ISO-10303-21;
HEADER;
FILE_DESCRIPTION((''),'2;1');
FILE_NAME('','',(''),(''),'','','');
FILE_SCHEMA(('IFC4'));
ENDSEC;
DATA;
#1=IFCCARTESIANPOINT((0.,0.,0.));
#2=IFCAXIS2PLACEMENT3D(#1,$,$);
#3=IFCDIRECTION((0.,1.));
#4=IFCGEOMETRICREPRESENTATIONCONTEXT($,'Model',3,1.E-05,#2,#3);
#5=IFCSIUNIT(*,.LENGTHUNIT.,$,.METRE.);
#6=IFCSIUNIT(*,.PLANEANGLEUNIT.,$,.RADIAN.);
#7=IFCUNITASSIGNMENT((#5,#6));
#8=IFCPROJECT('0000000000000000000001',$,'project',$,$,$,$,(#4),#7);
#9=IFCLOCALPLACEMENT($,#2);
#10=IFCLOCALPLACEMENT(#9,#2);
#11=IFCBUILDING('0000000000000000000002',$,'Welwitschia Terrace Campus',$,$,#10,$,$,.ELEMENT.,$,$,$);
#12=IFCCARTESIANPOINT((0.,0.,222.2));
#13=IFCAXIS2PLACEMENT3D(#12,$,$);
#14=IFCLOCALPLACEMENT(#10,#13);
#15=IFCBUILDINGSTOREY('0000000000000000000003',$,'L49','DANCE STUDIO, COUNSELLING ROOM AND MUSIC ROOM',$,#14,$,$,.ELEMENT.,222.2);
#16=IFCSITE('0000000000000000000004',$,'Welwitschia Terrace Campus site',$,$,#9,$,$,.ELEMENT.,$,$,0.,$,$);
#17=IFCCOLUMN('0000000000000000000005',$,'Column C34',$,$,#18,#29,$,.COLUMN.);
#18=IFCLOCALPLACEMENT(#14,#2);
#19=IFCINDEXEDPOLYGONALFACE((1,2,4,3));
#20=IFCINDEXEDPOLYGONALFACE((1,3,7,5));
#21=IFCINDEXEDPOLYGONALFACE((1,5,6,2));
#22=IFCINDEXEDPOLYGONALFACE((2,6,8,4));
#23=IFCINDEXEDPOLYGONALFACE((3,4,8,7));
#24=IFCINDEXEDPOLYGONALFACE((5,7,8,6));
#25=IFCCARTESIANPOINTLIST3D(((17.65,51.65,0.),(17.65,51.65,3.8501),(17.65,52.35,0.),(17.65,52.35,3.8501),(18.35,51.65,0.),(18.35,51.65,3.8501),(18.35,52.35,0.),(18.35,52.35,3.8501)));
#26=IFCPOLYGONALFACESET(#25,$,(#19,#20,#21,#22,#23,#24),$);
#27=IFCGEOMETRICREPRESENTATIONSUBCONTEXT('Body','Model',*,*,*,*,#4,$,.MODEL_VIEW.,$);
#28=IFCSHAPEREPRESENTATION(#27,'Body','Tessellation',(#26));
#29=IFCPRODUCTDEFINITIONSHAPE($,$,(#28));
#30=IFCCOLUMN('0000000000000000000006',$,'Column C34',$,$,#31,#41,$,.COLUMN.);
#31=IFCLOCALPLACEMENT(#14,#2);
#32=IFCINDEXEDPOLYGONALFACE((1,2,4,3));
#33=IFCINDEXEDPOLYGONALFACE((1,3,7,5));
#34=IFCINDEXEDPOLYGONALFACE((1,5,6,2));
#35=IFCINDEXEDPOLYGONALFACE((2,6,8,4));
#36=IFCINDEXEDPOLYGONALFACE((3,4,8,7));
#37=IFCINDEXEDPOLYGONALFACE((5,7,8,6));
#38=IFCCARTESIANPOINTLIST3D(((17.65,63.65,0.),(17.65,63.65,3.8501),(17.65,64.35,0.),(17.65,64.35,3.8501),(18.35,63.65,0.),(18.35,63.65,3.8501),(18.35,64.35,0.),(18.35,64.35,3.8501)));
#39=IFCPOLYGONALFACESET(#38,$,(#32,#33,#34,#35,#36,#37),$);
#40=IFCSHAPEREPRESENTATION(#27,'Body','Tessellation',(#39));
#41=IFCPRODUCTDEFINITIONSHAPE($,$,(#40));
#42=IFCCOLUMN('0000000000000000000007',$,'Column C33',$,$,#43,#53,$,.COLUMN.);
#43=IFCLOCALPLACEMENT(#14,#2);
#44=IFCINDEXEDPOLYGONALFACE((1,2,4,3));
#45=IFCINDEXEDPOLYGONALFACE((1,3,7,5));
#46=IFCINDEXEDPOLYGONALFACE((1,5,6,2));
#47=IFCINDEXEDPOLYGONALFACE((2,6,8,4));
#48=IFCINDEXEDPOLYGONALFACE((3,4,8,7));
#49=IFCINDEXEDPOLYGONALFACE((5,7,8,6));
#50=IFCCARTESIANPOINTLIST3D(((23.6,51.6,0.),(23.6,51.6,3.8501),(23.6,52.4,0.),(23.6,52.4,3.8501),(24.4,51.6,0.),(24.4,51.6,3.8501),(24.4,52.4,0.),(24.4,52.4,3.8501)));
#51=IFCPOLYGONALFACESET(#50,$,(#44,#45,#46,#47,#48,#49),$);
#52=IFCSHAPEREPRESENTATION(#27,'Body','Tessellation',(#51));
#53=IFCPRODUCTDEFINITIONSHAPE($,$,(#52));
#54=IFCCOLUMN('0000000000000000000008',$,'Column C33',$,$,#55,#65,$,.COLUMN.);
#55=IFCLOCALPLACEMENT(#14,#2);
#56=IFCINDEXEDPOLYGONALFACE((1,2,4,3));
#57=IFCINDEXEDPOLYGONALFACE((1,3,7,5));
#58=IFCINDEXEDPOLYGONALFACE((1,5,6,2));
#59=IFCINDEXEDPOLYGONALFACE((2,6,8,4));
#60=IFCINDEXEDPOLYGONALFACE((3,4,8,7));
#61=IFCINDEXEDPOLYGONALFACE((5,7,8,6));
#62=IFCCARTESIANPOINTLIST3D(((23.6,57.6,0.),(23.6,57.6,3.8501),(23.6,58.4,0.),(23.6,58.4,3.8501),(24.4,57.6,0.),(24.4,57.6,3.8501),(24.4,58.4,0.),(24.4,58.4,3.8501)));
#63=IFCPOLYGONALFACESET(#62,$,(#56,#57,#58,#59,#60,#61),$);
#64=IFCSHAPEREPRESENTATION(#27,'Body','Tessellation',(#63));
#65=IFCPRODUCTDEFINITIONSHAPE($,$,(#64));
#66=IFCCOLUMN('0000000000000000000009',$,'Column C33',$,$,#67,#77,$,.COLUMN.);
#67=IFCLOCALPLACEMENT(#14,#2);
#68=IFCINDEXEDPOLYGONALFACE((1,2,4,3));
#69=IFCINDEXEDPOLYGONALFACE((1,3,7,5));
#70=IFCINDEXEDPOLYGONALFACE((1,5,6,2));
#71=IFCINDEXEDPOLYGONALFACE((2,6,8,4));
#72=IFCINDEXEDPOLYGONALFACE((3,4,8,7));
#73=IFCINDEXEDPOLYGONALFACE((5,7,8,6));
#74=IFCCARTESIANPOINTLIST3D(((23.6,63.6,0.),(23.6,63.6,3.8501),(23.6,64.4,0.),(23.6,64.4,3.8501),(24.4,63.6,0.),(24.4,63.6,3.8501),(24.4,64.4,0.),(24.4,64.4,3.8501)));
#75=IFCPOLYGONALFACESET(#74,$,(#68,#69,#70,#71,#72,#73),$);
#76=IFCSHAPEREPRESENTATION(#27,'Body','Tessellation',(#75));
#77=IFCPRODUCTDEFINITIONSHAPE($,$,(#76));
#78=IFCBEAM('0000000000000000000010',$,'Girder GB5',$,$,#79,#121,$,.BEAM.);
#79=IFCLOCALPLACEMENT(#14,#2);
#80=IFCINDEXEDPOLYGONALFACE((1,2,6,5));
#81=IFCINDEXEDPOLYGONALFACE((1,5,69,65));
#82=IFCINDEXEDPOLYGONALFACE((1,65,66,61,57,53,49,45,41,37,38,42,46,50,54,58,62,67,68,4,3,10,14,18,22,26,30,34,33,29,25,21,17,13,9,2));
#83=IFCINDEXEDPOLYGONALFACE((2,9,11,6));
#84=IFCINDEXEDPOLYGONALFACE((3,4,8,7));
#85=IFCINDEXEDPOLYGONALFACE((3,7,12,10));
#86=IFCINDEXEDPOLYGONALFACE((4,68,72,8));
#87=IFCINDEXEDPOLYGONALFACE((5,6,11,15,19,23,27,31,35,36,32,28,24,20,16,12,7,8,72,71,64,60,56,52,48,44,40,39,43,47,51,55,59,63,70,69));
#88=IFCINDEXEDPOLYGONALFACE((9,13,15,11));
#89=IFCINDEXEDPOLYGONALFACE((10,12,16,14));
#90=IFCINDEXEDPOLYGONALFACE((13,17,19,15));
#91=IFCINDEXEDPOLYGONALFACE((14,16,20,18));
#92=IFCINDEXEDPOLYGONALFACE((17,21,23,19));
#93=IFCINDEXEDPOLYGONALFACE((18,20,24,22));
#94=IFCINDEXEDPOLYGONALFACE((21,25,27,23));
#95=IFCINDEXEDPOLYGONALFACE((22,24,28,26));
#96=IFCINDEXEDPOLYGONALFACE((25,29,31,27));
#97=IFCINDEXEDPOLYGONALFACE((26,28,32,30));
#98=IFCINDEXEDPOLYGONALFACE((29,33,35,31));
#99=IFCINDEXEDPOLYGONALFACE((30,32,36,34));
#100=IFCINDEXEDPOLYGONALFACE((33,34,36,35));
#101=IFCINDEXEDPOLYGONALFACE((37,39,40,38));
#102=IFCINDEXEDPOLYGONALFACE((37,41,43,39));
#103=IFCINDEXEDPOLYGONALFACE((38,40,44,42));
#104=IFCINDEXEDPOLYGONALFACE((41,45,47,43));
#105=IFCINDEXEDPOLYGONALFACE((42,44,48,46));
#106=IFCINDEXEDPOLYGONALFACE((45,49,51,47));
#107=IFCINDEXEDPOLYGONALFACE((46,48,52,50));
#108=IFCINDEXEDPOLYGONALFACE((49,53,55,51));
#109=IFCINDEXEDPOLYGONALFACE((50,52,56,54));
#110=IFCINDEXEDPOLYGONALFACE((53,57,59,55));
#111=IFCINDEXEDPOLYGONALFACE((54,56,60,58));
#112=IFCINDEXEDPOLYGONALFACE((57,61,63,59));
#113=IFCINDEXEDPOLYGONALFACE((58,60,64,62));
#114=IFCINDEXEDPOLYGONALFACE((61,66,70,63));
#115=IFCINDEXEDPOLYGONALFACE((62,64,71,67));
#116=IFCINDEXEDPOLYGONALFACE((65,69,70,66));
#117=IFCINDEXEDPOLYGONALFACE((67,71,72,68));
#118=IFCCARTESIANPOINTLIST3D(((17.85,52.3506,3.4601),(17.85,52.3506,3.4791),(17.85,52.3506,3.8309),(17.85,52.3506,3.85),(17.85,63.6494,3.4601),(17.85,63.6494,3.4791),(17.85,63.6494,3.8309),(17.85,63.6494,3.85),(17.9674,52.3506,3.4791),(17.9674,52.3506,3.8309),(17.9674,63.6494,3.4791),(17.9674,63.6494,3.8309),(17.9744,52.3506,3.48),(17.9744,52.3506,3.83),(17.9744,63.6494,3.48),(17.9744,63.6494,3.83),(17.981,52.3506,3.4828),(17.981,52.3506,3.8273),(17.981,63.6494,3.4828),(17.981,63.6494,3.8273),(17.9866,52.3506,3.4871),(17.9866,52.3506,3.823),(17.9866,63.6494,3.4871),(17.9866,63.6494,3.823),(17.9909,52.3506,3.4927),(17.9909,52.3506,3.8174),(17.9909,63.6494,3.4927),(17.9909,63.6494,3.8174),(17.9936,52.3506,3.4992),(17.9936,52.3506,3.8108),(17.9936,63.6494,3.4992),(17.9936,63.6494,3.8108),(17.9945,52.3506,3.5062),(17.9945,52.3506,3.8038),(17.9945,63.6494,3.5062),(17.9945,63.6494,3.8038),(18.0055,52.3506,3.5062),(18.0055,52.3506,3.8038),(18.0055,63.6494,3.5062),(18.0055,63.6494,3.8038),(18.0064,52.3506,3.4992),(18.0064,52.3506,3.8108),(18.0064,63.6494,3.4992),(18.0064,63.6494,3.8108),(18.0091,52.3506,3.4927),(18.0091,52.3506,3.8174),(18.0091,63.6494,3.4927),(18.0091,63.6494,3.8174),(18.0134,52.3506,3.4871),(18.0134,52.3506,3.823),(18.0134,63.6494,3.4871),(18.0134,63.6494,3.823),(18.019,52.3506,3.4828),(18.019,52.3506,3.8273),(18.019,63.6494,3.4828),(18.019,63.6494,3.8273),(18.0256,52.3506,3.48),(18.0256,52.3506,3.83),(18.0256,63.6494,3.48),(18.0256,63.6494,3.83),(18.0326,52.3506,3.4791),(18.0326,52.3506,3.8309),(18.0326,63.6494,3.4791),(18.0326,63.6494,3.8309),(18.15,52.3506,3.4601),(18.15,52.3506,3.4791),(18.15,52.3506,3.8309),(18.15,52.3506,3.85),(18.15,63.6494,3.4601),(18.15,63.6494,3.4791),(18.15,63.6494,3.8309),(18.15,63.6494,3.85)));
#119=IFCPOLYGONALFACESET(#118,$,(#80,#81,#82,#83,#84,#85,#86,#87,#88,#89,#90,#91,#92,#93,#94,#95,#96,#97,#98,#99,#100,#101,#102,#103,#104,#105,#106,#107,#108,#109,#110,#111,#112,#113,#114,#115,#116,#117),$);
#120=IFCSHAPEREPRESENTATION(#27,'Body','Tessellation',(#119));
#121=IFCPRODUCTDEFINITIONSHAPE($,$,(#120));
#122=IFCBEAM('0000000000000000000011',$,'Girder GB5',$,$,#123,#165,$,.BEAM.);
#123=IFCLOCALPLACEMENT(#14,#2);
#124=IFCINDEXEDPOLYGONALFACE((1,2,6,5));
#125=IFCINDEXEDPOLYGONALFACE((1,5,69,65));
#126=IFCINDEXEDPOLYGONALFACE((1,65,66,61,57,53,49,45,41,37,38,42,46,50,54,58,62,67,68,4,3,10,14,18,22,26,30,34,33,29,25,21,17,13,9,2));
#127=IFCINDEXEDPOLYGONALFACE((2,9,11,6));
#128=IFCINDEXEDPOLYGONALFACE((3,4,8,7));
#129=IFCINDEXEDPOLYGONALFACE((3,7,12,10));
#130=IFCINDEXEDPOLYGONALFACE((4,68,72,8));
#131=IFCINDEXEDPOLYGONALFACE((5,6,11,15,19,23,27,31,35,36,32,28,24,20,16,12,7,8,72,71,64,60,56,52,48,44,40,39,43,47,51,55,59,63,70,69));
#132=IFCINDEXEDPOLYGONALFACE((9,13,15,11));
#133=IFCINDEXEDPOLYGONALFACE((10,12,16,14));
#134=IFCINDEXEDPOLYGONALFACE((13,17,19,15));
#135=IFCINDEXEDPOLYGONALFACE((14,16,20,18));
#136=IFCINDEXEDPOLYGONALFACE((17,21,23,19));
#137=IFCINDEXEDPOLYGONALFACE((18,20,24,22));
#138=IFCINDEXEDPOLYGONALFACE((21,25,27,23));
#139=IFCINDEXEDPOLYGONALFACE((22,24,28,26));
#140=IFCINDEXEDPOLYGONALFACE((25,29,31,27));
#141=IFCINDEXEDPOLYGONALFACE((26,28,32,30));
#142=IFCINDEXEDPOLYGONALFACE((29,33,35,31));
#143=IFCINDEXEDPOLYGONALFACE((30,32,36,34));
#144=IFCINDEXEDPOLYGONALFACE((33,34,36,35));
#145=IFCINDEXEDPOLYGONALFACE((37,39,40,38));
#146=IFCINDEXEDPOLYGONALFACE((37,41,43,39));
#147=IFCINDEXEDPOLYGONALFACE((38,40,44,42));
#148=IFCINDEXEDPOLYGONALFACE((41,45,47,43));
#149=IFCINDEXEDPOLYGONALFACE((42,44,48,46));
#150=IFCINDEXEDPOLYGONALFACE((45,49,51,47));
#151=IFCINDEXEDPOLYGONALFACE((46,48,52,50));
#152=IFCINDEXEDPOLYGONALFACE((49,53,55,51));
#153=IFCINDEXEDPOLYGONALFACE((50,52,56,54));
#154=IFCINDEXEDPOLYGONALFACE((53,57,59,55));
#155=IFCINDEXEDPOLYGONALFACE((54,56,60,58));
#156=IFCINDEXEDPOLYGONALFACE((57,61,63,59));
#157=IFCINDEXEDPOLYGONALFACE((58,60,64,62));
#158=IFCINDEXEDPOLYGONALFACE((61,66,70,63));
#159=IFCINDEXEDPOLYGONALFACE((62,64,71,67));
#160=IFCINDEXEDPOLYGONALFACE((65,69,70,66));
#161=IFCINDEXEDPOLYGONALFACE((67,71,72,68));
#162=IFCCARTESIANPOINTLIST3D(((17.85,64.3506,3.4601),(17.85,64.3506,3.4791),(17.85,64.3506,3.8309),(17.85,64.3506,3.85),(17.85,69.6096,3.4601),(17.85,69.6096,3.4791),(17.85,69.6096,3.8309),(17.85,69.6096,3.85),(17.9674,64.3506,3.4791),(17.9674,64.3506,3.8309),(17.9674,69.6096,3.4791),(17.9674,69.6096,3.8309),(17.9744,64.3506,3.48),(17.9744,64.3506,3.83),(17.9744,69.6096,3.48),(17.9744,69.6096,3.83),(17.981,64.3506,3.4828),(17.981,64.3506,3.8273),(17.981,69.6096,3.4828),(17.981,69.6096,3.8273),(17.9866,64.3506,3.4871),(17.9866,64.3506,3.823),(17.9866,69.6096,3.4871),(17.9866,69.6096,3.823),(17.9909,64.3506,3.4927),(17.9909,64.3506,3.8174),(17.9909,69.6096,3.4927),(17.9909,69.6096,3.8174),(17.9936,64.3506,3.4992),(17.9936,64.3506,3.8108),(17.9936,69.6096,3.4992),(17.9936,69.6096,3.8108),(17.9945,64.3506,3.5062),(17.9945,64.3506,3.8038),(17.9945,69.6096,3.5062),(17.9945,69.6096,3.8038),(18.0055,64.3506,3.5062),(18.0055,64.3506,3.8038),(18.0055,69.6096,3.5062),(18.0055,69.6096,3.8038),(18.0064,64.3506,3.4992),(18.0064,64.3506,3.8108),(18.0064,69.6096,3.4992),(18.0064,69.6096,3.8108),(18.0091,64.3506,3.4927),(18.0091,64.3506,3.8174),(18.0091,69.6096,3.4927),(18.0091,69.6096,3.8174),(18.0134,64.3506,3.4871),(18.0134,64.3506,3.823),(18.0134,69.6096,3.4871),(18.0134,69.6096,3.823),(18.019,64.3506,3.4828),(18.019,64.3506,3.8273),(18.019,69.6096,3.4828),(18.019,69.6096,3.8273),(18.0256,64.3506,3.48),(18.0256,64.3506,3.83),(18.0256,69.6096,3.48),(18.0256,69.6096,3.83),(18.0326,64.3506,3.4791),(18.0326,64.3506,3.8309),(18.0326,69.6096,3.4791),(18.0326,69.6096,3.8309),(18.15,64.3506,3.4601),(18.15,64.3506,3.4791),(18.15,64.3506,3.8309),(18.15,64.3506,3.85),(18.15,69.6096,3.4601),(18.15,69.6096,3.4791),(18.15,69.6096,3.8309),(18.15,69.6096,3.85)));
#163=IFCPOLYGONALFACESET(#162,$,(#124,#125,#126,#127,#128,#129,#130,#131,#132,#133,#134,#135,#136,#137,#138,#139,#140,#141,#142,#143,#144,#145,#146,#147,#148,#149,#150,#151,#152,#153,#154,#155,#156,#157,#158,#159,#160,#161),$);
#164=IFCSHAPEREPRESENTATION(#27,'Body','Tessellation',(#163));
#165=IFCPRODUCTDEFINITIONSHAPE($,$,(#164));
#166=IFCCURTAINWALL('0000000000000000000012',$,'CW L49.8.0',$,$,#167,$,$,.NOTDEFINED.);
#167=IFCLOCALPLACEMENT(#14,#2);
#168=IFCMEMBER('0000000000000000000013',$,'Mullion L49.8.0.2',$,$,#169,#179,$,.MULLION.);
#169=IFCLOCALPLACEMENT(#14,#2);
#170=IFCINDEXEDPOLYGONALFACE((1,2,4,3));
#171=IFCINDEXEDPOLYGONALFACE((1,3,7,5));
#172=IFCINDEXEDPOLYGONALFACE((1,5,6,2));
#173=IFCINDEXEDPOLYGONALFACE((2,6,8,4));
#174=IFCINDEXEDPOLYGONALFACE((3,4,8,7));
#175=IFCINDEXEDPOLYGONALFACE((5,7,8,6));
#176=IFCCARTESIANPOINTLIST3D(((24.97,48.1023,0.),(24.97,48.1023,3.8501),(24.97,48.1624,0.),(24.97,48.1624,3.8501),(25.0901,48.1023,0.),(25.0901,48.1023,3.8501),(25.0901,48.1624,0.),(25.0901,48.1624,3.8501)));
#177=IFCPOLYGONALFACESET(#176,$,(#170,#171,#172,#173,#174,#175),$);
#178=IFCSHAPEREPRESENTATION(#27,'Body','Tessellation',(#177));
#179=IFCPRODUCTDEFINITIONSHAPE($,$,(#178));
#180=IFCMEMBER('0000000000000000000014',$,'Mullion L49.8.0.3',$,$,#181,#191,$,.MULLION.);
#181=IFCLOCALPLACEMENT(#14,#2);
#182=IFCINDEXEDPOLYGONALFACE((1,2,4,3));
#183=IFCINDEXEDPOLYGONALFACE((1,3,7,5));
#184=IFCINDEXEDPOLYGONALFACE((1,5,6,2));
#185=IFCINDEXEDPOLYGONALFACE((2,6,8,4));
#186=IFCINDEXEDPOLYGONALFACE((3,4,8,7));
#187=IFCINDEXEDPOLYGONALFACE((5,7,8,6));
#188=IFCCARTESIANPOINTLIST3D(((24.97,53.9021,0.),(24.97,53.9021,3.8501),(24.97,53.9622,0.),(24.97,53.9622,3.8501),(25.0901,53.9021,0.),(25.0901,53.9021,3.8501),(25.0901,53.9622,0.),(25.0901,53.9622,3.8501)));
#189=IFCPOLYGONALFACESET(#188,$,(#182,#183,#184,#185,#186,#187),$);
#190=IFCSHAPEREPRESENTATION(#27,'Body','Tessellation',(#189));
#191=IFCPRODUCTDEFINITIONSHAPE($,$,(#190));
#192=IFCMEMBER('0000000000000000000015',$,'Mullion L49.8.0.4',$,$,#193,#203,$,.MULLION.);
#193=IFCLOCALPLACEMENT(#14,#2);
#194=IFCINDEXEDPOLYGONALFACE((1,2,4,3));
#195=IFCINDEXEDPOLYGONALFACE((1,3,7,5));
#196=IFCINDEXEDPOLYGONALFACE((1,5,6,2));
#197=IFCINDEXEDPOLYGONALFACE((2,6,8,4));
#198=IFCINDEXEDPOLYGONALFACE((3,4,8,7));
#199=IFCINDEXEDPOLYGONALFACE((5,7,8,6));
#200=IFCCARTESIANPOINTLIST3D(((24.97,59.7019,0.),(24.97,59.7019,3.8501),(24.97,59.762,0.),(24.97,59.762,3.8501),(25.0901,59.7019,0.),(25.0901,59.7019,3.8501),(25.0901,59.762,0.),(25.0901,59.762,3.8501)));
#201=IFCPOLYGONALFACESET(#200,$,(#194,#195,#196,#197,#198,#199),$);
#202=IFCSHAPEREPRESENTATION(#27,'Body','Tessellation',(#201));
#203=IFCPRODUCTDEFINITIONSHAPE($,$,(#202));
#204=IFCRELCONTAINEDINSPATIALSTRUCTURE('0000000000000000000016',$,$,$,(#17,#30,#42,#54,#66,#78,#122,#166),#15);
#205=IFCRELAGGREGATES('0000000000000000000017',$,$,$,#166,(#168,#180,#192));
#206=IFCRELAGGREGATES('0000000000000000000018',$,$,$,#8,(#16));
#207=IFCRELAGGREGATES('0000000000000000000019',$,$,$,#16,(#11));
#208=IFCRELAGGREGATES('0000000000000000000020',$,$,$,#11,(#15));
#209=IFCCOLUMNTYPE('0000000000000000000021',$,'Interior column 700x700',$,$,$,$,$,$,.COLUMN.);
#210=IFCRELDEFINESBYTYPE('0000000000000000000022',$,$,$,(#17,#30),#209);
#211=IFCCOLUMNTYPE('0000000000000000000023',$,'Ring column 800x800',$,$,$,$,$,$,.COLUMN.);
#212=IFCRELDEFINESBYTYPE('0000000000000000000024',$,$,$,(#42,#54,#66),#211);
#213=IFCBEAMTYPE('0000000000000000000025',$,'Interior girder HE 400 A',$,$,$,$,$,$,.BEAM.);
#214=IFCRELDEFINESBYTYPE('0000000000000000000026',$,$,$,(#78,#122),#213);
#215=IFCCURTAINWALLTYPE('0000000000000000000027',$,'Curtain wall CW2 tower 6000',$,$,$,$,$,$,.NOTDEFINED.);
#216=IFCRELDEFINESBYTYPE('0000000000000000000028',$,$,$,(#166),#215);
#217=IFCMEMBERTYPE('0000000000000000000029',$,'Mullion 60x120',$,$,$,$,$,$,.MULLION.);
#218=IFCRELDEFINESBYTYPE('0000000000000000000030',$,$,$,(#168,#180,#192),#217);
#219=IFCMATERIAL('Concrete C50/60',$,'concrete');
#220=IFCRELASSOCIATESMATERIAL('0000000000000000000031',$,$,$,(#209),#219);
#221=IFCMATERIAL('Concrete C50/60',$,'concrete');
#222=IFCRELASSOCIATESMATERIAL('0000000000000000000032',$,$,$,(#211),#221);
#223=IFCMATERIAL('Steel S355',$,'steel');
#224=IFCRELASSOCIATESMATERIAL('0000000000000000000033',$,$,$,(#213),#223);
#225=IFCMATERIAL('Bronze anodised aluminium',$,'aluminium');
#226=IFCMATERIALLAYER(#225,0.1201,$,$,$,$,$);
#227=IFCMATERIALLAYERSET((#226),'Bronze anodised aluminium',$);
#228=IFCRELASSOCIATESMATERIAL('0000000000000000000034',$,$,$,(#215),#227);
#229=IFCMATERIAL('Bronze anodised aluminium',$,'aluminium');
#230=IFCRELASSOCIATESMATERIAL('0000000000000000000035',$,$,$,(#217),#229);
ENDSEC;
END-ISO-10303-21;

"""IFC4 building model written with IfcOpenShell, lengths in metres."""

from ifc_helpers import new_model, si_unit, direction, frame, origin, origin_2d, place, context, subcontext, project, spatial, rectangle, i_section, extrude, material, layer, layer_set, material_profile, profile_set, type_object, element, aggregate, save


model = new_model("IFC4")

# Units and contexts
model_context = context("Model", 3, precision=1e-05, world=origin(), true_north=direction((0.0, 1.0)))
body_context = subcontext(model_context, "Body", "Model", "MODEL_VIEW")
ifc_project = project(units=[si_unit("LENGTHUNIT", "METRE"), si_unit("PLANEANGLEUNIT", "RADIAN")], contexts=[model_context])

# Site, building, storey
site_placement = place(None, origin())
site = spatial("IfcSite", under=ifc_project, at=site_placement, Name="Welwitschia Terrace Campus site", CompositionType="ELEMENT", RefElevation=0.0)
building_placement = place(site_placement, origin())
building = spatial("IfcBuilding", under=site, at=building_placement, Name="Welwitschia Terrace Campus", CompositionType="ELEMENT")
storey_placement = place(building_placement, frame((0.0, 0.0, 222.2)))
storey = spatial("IfcBuildingStorey", under=building, at=storey_placement, Name="L49", Description="DANCE STUDIO, COUNSELLING ROOM AND MUSIC ROOM", CompositionType="ELEMENT", Elevation=222.2)

# Columns
ifc_material_1 = material(Name="Concrete C50/60", Category="concrete")
ifc_material_profile_1 = material_profile(ifc_material_1, rectangle(XDim=0.7, YDim=0.7, at=origin_2d()))
ifc_profile_set_1 = profile_set([ifc_material_profile_1], Name="Concrete C50/60")
column_type_1 = type_object("IfcColumnType", Name="Interior column 700x700", PredefinedType="COLUMN", material=ifc_profile_set_1)
for number, where, z_axis, x_axis, name in (
    (1, (18.0, 52.0, 0.0), (0.0, 0.0, 1.0), (1.0, 0.0, 0.0), "Column C34"),
    (2, (18.0, 64.0, 0.0), (0.0, 0.0, 1.0), (1.0, 0.0, 0.0), "Column C34"),
):
    element("IfcColumn", number, at=place(storey_placement, frame(where, z_axis=z_axis, x_axis=x_axis)), inside=storey, type_object=column_type_1, Name=name, PredefinedType="COLUMN", context=body_context, shape_type="SweptSolid", body=[
        extrude(rectangle(XDim=0.7, YDim=0.7, at=origin_2d()), origin(), (0.0, 0.0, 1.0), 3.8501),
    ])
ifc_material_2 = material(Name="Concrete C50/60", Category="concrete")
ifc_material_profile_2 = material_profile(ifc_material_2, rectangle(XDim=0.8, YDim=0.8, at=origin_2d()))
ifc_profile_set_2 = profile_set([ifc_material_profile_2], Name="Concrete C50/60")
column_type_2 = type_object("IfcColumnType", Name="Ring column 800x800", PredefinedType="COLUMN", material=ifc_profile_set_2)
for number, where, z_axis, x_axis, name in (
    (3, (24.0, 52.0, 0.0), (0.0, 0.0, 1.0), (1.0, 0.0, 0.0), "Column C33"),
    (4, (24.0, 58.0, 0.0), (0.0, 0.0, 1.0), (1.0, 0.0, 0.0), "Column C33"),
    (5, (24.0, 64.0, 0.0), (0.0, 0.0, 1.0), (1.0, 0.0, 0.0), "Column C33"),
):
    element("IfcColumn", number, at=place(storey_placement, frame(where, z_axis=z_axis, x_axis=x_axis)), inside=storey, type_object=column_type_2, Name=name, PredefinedType="COLUMN", context=body_context, shape_type="SweptSolid", body=[
        extrude(rectangle(XDim=0.8, YDim=0.8, at=origin_2d()), origin(), (0.0, 0.0, 1.0), 3.8501),
    ])

# Beams
ifc_material_3 = material(Name="Steel S355", Category="steel")
ifc_material_profile_3 = material_profile(ifc_material_3, i_section(OverallWidth=0.3, OverallDepth=0.3899, WebThickness=0.011, FlangeThickness=0.019, FilletRadius=0.0271, at=origin_2d()))
ifc_profile_set_3 = profile_set([ifc_material_profile_3], Name="Steel S355")
beam_type_1 = type_object("IfcBeamType", Name="Interior girder HE 400 A", PredefinedType="BEAM", material=ifc_profile_set_3)
beam_1_placement = place(storey_placement, frame((18.0, 52.3506, 3.655), z_axis=(0.0, 1.0, 0.0), x_axis=(-1.0, 0.0, 0.0)))
element("IfcBeam", 6, at=beam_1_placement, inside=storey, type_object=beam_type_1, Name="Girder GB5", PredefinedType="BEAM", context=body_context, shape_type="SweptSolid", body=[
    extrude(i_section(OverallWidth=0.3, OverallDepth=0.3899, WebThickness=0.011, FlangeThickness=0.019, FilletRadius=0.0271, at=origin_2d()), origin(), (0.0, 0.0, 1.0), 11.2988),
])
beam_2_placement = place(storey_placement, frame((18.0, 64.3506, 3.655), z_axis=(0.0, 1.0, 0.0), x_axis=(-1.0, 0.0, 0.0)))
element("IfcBeam", 7, at=beam_2_placement, inside=storey, type_object=beam_type_1, Name="Girder GB5", PredefinedType="BEAM", context=body_context, shape_type="SweptSolid", body=[
    extrude(i_section(OverallWidth=0.3, OverallDepth=0.3899, WebThickness=0.011, FlangeThickness=0.019, FilletRadius=0.0271, at=origin_2d()), origin(), (0.0, 0.0, 1.0), 5.259),
])

# Curtain wall, members
ifc_material_4 = material(Name="Bronze anodised aluminium", Category="aluminium")
ifc_layer_1 = layer(ifc_material_4, 0.1201)
ifc_layer_set_1 = layer_set([ifc_layer_1], Name="Bronze anodised aluminium")
curtain_wall_type = type_object("IfcCurtainWallType", Name="Curtain wall CW2 tower 6000", PredefinedType="NOTDEFINED", material=ifc_layer_set_1)
curtain_wall_placement = place(storey_placement, origin())
curtain_wall = element("IfcCurtainWall", 8, at=curtain_wall_placement, inside=storey, type_object=curtain_wall_type, Name="CW L49.8.0", PredefinedType="NOTDEFINED")
ifc_material_5 = material(Name="Bronze anodised aluminium", Category="aluminium")
ifc_material_profile_4 = material_profile(ifc_material_5, rectangle(XDim=0.1201, YDim=0.0601, at=origin_2d()))
ifc_profile_set_4 = profile_set([ifc_material_profile_4], Name="Bronze anodised aluminium")
member_type = type_object("IfcMemberType", Name="Mullion 60x120", PredefinedType="MULLION", material=ifc_profile_set_4)
member_1_placement = place(storey_placement, frame((25.03, 48.1323, 0.0), z_axis=(0.0, 0.0, 1.0), x_axis=(-1.0, 0.0, 0.0)))
member_1 = element("IfcMember", 9, at=member_1_placement, type_object=member_type, Name="Mullion L49.8.0.2", PredefinedType="MULLION", context=body_context, shape_type="SweptSolid", body=[
    extrude(rectangle(XDim=0.1201, YDim=0.0601, at=origin_2d()), origin(), (0.0, 0.0, 1.0), 3.8501),
])
member_2_placement = place(storey_placement, frame((25.03, 53.9321, 0.0), z_axis=(0.0, 0.0, 1.0), x_axis=(-1.0, 0.0, 0.0)))
member_2 = element("IfcMember", 10, at=member_2_placement, type_object=member_type, Name="Mullion L49.8.0.3", PredefinedType="MULLION", context=body_context, shape_type="SweptSolid", body=[
    extrude(rectangle(XDim=0.1201, YDim=0.0601, at=origin_2d()), origin(), (0.0, 0.0, 1.0), 3.8501),
])
member_3_placement = place(storey_placement, frame((25.03, 59.7319, 0.0), z_axis=(0.0, 0.0, 1.0), x_axis=(-1.0, 0.0, 0.0)))
member_3 = element("IfcMember", 11, at=member_3_placement, type_object=member_type, Name="Mullion L49.8.0.4", PredefinedType="MULLION", context=body_context, shape_type="SweptSolid", body=[
    extrude(rectangle(XDim=0.1201, YDim=0.0601, at=origin_2d()), origin(), (0.0, 0.0, 1.0), 3.8501),
])

aggregate(curtain_wall, [member_1, member_2, member_3])

save(model, "model.ifc")
